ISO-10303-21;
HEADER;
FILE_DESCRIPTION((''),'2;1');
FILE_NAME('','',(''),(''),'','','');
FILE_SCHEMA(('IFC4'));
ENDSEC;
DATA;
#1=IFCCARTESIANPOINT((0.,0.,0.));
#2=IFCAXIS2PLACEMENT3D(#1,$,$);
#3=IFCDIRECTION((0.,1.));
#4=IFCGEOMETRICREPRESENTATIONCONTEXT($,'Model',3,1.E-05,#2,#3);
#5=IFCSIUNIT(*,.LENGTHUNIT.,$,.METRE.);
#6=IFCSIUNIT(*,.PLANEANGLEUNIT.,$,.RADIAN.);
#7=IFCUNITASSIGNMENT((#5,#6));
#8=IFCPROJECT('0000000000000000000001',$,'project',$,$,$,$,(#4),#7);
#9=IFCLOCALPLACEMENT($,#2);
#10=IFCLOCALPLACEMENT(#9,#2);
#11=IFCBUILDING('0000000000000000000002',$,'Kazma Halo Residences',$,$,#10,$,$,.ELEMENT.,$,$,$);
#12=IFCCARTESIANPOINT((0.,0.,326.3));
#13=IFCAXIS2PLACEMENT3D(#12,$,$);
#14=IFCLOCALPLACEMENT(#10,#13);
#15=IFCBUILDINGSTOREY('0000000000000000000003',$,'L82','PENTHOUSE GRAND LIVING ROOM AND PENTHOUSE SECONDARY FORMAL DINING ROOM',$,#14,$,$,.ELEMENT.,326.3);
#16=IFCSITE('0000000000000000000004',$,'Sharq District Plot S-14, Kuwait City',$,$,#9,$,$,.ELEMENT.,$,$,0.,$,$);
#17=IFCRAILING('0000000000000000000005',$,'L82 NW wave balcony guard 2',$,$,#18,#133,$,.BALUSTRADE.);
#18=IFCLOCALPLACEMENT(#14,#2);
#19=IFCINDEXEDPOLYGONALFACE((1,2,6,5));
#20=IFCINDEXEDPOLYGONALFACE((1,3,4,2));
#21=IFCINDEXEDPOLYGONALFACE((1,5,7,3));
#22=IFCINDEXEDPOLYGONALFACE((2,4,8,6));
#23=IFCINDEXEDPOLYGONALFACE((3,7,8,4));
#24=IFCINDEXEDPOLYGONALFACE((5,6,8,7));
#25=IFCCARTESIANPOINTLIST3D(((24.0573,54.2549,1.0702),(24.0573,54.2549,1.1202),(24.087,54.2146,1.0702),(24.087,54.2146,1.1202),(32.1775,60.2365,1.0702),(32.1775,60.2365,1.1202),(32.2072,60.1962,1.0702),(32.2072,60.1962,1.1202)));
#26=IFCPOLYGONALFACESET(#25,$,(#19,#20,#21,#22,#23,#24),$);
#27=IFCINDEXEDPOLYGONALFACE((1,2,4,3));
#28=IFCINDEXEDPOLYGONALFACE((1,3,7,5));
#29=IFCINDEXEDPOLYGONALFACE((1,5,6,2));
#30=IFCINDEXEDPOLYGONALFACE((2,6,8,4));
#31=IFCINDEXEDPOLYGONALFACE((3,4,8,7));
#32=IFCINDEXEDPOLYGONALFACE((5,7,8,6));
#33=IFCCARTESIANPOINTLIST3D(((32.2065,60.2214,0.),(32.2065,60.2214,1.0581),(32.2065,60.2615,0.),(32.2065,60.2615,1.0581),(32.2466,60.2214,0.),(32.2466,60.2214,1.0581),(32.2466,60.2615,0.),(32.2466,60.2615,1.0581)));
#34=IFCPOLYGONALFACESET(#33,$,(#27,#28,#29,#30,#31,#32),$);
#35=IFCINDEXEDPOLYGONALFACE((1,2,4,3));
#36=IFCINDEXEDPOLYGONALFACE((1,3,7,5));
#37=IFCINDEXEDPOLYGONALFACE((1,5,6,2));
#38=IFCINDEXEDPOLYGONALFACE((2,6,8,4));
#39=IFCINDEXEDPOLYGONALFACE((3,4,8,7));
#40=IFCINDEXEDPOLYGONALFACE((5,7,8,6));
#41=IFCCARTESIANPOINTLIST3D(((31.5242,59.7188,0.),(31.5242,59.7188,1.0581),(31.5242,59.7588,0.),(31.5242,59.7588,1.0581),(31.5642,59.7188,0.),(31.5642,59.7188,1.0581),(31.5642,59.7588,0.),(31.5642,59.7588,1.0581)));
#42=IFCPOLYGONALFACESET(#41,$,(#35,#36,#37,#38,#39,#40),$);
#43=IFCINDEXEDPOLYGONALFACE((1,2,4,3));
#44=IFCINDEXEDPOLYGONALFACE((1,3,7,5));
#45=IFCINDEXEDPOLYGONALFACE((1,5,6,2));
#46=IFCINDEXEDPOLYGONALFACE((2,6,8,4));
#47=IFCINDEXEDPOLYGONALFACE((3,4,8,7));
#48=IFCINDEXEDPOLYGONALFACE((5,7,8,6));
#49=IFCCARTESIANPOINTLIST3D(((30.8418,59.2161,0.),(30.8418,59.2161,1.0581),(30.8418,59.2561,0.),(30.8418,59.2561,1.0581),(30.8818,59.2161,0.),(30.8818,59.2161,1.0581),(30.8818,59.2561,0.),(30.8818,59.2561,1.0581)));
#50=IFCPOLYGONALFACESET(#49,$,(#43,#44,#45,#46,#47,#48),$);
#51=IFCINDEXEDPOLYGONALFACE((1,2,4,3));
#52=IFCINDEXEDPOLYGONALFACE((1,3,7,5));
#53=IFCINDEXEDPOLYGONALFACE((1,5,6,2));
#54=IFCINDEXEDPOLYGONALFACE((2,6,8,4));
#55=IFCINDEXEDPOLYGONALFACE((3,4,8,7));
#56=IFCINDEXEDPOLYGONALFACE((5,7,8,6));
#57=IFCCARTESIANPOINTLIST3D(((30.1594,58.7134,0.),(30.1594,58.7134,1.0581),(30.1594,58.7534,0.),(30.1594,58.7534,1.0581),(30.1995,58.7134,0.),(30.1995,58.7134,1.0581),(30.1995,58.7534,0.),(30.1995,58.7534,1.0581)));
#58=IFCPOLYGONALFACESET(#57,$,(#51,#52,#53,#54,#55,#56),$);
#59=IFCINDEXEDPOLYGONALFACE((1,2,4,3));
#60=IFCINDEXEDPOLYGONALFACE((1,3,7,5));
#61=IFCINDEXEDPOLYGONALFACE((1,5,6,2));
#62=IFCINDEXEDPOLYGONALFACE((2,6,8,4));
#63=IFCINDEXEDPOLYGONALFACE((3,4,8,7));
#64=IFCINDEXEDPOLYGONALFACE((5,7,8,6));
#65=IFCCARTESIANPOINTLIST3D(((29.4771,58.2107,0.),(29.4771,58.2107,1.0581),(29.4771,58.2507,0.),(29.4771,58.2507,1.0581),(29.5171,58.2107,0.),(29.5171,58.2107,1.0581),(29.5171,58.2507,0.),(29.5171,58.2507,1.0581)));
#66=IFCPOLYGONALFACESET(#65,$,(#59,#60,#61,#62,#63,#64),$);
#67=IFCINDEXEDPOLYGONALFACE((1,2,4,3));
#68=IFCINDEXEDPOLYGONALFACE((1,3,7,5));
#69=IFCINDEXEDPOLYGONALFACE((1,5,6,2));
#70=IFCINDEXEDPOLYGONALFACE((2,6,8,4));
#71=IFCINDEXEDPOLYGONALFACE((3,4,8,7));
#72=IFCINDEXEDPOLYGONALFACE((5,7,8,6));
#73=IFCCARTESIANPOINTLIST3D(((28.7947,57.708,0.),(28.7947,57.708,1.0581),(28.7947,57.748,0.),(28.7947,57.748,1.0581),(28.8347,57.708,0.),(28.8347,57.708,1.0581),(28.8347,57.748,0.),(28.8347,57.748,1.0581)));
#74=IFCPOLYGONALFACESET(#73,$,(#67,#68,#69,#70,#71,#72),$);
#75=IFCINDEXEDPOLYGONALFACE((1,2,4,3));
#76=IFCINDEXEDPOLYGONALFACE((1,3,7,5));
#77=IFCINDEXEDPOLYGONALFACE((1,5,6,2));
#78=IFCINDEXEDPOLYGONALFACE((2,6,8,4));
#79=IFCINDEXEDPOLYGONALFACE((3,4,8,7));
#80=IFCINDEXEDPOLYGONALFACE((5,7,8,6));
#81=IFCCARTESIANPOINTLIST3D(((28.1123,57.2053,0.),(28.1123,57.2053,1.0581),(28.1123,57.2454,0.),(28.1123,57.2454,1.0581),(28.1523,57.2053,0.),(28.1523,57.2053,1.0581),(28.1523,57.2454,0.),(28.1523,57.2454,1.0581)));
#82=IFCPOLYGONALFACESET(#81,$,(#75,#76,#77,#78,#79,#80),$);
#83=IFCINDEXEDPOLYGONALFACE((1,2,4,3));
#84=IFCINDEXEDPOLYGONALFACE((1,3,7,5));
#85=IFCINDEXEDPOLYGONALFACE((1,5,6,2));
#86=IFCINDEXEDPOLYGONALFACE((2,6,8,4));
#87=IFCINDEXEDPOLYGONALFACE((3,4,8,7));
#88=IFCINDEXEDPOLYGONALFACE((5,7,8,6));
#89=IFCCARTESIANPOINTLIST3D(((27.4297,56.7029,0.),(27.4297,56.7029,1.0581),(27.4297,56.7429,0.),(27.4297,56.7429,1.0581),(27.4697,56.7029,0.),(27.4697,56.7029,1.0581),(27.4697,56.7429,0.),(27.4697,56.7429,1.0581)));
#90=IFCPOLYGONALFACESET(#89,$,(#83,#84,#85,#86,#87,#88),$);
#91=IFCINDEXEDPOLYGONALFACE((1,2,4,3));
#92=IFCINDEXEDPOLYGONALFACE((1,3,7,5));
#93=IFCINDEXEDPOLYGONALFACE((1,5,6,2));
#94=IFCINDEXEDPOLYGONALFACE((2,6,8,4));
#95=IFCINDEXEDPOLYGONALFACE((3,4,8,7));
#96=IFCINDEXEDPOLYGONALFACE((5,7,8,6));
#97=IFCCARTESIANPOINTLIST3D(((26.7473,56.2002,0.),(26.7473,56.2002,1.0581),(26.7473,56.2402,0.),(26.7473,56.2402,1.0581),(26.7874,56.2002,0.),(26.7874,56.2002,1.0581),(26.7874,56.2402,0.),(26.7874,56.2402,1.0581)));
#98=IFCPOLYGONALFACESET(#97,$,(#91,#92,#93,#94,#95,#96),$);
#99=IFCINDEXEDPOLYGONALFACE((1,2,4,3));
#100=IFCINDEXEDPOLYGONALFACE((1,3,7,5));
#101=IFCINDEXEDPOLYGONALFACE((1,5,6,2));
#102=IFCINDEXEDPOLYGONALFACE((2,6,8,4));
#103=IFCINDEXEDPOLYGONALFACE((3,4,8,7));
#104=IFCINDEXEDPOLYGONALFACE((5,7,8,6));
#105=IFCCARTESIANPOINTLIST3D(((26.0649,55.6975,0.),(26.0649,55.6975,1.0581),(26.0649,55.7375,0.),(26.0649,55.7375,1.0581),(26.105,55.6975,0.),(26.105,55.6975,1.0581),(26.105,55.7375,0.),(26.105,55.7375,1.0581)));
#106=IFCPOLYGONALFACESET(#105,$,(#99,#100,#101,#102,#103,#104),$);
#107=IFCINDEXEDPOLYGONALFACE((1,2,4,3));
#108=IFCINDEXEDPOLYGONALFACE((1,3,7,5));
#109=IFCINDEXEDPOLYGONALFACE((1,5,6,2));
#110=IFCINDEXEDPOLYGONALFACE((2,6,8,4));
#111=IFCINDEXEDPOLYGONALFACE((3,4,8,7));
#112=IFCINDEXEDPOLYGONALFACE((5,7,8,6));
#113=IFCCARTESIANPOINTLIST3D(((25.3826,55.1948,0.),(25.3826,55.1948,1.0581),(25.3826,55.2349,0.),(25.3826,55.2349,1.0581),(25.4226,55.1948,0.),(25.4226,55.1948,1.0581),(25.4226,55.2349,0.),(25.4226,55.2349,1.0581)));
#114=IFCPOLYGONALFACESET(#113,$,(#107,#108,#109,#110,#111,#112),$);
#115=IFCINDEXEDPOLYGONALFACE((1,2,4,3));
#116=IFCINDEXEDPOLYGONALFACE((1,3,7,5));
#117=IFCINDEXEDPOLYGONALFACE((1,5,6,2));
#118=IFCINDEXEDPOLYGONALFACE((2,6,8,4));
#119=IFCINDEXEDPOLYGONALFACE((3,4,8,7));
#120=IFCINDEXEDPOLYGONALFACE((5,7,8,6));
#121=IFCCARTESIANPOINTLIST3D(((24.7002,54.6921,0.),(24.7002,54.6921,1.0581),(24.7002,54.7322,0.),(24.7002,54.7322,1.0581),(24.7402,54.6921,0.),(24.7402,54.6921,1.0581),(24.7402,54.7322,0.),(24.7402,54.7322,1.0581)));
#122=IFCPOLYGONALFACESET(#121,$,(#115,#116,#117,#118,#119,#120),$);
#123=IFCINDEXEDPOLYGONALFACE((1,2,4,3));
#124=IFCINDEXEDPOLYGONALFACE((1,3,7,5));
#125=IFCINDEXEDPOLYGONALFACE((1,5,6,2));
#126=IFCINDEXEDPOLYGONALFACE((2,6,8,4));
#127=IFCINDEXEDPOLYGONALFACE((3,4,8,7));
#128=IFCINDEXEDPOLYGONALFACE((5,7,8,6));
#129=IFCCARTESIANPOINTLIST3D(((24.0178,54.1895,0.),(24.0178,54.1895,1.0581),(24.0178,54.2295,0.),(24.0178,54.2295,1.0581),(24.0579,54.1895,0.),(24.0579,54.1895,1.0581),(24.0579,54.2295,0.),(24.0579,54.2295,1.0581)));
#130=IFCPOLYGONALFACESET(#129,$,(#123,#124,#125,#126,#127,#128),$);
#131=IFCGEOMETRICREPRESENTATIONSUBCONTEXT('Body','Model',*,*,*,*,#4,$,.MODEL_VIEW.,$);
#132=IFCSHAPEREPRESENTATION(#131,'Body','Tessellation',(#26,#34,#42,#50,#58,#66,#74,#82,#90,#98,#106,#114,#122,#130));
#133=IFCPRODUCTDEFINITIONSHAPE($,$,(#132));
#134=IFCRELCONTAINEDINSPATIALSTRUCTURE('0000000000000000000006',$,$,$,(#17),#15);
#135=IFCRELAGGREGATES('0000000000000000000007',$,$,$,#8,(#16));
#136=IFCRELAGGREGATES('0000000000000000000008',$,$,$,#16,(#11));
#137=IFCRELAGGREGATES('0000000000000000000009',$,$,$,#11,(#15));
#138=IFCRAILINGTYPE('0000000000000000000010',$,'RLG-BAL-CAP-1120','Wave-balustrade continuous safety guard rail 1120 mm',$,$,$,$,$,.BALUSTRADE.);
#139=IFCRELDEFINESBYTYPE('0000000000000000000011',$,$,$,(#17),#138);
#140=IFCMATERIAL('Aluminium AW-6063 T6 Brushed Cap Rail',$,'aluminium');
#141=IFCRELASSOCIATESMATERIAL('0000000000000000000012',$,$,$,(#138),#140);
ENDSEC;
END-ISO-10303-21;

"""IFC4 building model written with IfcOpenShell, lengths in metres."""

from ifc_helpers import new_model, si_unit, direction, frame, origin, origin_2d, place, context, subcontext, project, spatial, rectangle, extrude, material, type_object, element, save


model = new_model("IFC4")

# Units and contexts
model_context = context("Model", 3, precision=1e-05, world=origin(), true_north=direction((0.0, 1.0)))
body_context = subcontext(model_context, "Body", "Model", "MODEL_VIEW")
ifc_project = project(units=[si_unit("LENGTHUNIT", "METRE"), si_unit("PLANEANGLEUNIT", "RADIAN")], contexts=[model_context])

# Site, building, storey
site_placement = place(None, origin())
site = spatial("IfcSite", under=ifc_project, at=site_placement, Name="Sharq District Plot S-14, Kuwait City", CompositionType="ELEMENT", RefElevation=0.0)
building_placement = place(site_placement, origin())
building = spatial("IfcBuilding", under=site, at=building_placement, Name="Kazma Halo Residences", CompositionType="ELEMENT")
storey_placement = place(building_placement, frame((0.0, 0.0, 326.3)))
storey = spatial("IfcBuildingStorey", under=building, at=storey_placement, Name="L82", Description="PENTHOUSE GRAND LIVING ROOM AND PENTHOUSE SECONDARY FORMAL DINING ROOM", CompositionType="ELEMENT", Elevation=326.3)

# Railing
ifc_material_1 = material(Name="Aluminium AW-6063 T6 Brushed Cap Rail", Category="aluminium")
railing_type = type_object("IfcRailingType", Name="RLG-BAL-CAP-1120", Description="Wave-balustrade continuous safety guard rail 1120 mm", PredefinedType="BALUSTRADE", material=ifc_material_1)
railing_1_placement = place(storey_placement, frame((32.2266, 60.2415, 0.0)))
element("IfcRailing", 1, at=railing_1_placement, inside=storey, type_object=railing_type, Name="L82 NW wave balcony guard 2", PredefinedType="BALUSTRADE", context=body_context, shape_type="SweptSolid", body=[
    extrude(rectangle(XDim=0.05, YDim=0.05, at=origin_2d()), frame((-0.0342, -0.0251, 1.0952), z_axis=(-0.805141, -0.593084, 0.0), x_axis=(0.593084, -0.805141, 0.0)), (0.0, 0.0, 1.0), 10.0854),
    extrude(rectangle(XDim=0.04, YDim=0.04, at=origin_2d()), origin(), (0.0, 0.0, 1.0), 1.0581),
    extrude(rectangle(XDim=0.04, YDim=0.04, at=origin_2d()), frame((-0.6824, -0.5027, 0.0)), (0.0, 0.0, 1.0), 1.0581),
    extrude(rectangle(XDim=0.04, YDim=0.04, at=origin_2d()), frame((-1.3647, -1.0054, 0.0)), (0.0, 0.0, 1.0), 1.0581),
    extrude(rectangle(XDim=0.04, YDim=0.04, at=origin_2d()), frame((-2.0471, -1.5081, 0.0)), (0.0, 0.0, 1.0), 1.0581),
    extrude(rectangle(XDim=0.04, YDim=0.04, at=origin_2d()), frame((-2.7295, -2.0107, 0.0)), (0.0, 0.0, 1.0), 1.0581),
    extrude(rectangle(XDim=0.04, YDim=0.04, at=origin_2d()), frame((-3.4119, -2.5134, 0.0)), (0.0, 0.0, 1.0), 1.0581),
    extrude(rectangle(XDim=0.04, YDim=0.04, at=origin_2d()), frame((-4.0942, -3.0161, 0.0)), (0.0, 0.0, 1.0), 1.0581),
    extrude(rectangle(XDim=0.04, YDim=0.04, at=origin_2d()), frame((-4.7769, -3.5186, 0.0)), (0.0, 0.0, 1.0), 1.0581),
    extrude(rectangle(XDim=0.04, YDim=0.04, at=origin_2d()), frame((-5.4592, -4.0212, 0.0)), (0.0, 0.0, 1.0), 1.0581),
    extrude(rectangle(XDim=0.04, YDim=0.04, at=origin_2d()), frame((-6.1416, -4.5239, 0.0)), (0.0, 0.0, 1.0), 1.0581),
    extrude(rectangle(XDim=0.04, YDim=0.04, at=origin_2d()), frame((-6.824, -5.0266, 0.0)), (0.0, 0.0, 1.0), 1.0581),
    extrude(rectangle(XDim=0.04, YDim=0.04, at=origin_2d()), frame((-7.5063, -5.5293, 0.0)), (0.0, 0.0, 1.0), 1.0581),
    extrude(rectangle(XDim=0.04, YDim=0.04, at=origin_2d()), frame((-8.1887, -6.032, 0.0)), (0.0, 0.0, 1.0), 1.0581),
])

save(model, "model.ifc")
